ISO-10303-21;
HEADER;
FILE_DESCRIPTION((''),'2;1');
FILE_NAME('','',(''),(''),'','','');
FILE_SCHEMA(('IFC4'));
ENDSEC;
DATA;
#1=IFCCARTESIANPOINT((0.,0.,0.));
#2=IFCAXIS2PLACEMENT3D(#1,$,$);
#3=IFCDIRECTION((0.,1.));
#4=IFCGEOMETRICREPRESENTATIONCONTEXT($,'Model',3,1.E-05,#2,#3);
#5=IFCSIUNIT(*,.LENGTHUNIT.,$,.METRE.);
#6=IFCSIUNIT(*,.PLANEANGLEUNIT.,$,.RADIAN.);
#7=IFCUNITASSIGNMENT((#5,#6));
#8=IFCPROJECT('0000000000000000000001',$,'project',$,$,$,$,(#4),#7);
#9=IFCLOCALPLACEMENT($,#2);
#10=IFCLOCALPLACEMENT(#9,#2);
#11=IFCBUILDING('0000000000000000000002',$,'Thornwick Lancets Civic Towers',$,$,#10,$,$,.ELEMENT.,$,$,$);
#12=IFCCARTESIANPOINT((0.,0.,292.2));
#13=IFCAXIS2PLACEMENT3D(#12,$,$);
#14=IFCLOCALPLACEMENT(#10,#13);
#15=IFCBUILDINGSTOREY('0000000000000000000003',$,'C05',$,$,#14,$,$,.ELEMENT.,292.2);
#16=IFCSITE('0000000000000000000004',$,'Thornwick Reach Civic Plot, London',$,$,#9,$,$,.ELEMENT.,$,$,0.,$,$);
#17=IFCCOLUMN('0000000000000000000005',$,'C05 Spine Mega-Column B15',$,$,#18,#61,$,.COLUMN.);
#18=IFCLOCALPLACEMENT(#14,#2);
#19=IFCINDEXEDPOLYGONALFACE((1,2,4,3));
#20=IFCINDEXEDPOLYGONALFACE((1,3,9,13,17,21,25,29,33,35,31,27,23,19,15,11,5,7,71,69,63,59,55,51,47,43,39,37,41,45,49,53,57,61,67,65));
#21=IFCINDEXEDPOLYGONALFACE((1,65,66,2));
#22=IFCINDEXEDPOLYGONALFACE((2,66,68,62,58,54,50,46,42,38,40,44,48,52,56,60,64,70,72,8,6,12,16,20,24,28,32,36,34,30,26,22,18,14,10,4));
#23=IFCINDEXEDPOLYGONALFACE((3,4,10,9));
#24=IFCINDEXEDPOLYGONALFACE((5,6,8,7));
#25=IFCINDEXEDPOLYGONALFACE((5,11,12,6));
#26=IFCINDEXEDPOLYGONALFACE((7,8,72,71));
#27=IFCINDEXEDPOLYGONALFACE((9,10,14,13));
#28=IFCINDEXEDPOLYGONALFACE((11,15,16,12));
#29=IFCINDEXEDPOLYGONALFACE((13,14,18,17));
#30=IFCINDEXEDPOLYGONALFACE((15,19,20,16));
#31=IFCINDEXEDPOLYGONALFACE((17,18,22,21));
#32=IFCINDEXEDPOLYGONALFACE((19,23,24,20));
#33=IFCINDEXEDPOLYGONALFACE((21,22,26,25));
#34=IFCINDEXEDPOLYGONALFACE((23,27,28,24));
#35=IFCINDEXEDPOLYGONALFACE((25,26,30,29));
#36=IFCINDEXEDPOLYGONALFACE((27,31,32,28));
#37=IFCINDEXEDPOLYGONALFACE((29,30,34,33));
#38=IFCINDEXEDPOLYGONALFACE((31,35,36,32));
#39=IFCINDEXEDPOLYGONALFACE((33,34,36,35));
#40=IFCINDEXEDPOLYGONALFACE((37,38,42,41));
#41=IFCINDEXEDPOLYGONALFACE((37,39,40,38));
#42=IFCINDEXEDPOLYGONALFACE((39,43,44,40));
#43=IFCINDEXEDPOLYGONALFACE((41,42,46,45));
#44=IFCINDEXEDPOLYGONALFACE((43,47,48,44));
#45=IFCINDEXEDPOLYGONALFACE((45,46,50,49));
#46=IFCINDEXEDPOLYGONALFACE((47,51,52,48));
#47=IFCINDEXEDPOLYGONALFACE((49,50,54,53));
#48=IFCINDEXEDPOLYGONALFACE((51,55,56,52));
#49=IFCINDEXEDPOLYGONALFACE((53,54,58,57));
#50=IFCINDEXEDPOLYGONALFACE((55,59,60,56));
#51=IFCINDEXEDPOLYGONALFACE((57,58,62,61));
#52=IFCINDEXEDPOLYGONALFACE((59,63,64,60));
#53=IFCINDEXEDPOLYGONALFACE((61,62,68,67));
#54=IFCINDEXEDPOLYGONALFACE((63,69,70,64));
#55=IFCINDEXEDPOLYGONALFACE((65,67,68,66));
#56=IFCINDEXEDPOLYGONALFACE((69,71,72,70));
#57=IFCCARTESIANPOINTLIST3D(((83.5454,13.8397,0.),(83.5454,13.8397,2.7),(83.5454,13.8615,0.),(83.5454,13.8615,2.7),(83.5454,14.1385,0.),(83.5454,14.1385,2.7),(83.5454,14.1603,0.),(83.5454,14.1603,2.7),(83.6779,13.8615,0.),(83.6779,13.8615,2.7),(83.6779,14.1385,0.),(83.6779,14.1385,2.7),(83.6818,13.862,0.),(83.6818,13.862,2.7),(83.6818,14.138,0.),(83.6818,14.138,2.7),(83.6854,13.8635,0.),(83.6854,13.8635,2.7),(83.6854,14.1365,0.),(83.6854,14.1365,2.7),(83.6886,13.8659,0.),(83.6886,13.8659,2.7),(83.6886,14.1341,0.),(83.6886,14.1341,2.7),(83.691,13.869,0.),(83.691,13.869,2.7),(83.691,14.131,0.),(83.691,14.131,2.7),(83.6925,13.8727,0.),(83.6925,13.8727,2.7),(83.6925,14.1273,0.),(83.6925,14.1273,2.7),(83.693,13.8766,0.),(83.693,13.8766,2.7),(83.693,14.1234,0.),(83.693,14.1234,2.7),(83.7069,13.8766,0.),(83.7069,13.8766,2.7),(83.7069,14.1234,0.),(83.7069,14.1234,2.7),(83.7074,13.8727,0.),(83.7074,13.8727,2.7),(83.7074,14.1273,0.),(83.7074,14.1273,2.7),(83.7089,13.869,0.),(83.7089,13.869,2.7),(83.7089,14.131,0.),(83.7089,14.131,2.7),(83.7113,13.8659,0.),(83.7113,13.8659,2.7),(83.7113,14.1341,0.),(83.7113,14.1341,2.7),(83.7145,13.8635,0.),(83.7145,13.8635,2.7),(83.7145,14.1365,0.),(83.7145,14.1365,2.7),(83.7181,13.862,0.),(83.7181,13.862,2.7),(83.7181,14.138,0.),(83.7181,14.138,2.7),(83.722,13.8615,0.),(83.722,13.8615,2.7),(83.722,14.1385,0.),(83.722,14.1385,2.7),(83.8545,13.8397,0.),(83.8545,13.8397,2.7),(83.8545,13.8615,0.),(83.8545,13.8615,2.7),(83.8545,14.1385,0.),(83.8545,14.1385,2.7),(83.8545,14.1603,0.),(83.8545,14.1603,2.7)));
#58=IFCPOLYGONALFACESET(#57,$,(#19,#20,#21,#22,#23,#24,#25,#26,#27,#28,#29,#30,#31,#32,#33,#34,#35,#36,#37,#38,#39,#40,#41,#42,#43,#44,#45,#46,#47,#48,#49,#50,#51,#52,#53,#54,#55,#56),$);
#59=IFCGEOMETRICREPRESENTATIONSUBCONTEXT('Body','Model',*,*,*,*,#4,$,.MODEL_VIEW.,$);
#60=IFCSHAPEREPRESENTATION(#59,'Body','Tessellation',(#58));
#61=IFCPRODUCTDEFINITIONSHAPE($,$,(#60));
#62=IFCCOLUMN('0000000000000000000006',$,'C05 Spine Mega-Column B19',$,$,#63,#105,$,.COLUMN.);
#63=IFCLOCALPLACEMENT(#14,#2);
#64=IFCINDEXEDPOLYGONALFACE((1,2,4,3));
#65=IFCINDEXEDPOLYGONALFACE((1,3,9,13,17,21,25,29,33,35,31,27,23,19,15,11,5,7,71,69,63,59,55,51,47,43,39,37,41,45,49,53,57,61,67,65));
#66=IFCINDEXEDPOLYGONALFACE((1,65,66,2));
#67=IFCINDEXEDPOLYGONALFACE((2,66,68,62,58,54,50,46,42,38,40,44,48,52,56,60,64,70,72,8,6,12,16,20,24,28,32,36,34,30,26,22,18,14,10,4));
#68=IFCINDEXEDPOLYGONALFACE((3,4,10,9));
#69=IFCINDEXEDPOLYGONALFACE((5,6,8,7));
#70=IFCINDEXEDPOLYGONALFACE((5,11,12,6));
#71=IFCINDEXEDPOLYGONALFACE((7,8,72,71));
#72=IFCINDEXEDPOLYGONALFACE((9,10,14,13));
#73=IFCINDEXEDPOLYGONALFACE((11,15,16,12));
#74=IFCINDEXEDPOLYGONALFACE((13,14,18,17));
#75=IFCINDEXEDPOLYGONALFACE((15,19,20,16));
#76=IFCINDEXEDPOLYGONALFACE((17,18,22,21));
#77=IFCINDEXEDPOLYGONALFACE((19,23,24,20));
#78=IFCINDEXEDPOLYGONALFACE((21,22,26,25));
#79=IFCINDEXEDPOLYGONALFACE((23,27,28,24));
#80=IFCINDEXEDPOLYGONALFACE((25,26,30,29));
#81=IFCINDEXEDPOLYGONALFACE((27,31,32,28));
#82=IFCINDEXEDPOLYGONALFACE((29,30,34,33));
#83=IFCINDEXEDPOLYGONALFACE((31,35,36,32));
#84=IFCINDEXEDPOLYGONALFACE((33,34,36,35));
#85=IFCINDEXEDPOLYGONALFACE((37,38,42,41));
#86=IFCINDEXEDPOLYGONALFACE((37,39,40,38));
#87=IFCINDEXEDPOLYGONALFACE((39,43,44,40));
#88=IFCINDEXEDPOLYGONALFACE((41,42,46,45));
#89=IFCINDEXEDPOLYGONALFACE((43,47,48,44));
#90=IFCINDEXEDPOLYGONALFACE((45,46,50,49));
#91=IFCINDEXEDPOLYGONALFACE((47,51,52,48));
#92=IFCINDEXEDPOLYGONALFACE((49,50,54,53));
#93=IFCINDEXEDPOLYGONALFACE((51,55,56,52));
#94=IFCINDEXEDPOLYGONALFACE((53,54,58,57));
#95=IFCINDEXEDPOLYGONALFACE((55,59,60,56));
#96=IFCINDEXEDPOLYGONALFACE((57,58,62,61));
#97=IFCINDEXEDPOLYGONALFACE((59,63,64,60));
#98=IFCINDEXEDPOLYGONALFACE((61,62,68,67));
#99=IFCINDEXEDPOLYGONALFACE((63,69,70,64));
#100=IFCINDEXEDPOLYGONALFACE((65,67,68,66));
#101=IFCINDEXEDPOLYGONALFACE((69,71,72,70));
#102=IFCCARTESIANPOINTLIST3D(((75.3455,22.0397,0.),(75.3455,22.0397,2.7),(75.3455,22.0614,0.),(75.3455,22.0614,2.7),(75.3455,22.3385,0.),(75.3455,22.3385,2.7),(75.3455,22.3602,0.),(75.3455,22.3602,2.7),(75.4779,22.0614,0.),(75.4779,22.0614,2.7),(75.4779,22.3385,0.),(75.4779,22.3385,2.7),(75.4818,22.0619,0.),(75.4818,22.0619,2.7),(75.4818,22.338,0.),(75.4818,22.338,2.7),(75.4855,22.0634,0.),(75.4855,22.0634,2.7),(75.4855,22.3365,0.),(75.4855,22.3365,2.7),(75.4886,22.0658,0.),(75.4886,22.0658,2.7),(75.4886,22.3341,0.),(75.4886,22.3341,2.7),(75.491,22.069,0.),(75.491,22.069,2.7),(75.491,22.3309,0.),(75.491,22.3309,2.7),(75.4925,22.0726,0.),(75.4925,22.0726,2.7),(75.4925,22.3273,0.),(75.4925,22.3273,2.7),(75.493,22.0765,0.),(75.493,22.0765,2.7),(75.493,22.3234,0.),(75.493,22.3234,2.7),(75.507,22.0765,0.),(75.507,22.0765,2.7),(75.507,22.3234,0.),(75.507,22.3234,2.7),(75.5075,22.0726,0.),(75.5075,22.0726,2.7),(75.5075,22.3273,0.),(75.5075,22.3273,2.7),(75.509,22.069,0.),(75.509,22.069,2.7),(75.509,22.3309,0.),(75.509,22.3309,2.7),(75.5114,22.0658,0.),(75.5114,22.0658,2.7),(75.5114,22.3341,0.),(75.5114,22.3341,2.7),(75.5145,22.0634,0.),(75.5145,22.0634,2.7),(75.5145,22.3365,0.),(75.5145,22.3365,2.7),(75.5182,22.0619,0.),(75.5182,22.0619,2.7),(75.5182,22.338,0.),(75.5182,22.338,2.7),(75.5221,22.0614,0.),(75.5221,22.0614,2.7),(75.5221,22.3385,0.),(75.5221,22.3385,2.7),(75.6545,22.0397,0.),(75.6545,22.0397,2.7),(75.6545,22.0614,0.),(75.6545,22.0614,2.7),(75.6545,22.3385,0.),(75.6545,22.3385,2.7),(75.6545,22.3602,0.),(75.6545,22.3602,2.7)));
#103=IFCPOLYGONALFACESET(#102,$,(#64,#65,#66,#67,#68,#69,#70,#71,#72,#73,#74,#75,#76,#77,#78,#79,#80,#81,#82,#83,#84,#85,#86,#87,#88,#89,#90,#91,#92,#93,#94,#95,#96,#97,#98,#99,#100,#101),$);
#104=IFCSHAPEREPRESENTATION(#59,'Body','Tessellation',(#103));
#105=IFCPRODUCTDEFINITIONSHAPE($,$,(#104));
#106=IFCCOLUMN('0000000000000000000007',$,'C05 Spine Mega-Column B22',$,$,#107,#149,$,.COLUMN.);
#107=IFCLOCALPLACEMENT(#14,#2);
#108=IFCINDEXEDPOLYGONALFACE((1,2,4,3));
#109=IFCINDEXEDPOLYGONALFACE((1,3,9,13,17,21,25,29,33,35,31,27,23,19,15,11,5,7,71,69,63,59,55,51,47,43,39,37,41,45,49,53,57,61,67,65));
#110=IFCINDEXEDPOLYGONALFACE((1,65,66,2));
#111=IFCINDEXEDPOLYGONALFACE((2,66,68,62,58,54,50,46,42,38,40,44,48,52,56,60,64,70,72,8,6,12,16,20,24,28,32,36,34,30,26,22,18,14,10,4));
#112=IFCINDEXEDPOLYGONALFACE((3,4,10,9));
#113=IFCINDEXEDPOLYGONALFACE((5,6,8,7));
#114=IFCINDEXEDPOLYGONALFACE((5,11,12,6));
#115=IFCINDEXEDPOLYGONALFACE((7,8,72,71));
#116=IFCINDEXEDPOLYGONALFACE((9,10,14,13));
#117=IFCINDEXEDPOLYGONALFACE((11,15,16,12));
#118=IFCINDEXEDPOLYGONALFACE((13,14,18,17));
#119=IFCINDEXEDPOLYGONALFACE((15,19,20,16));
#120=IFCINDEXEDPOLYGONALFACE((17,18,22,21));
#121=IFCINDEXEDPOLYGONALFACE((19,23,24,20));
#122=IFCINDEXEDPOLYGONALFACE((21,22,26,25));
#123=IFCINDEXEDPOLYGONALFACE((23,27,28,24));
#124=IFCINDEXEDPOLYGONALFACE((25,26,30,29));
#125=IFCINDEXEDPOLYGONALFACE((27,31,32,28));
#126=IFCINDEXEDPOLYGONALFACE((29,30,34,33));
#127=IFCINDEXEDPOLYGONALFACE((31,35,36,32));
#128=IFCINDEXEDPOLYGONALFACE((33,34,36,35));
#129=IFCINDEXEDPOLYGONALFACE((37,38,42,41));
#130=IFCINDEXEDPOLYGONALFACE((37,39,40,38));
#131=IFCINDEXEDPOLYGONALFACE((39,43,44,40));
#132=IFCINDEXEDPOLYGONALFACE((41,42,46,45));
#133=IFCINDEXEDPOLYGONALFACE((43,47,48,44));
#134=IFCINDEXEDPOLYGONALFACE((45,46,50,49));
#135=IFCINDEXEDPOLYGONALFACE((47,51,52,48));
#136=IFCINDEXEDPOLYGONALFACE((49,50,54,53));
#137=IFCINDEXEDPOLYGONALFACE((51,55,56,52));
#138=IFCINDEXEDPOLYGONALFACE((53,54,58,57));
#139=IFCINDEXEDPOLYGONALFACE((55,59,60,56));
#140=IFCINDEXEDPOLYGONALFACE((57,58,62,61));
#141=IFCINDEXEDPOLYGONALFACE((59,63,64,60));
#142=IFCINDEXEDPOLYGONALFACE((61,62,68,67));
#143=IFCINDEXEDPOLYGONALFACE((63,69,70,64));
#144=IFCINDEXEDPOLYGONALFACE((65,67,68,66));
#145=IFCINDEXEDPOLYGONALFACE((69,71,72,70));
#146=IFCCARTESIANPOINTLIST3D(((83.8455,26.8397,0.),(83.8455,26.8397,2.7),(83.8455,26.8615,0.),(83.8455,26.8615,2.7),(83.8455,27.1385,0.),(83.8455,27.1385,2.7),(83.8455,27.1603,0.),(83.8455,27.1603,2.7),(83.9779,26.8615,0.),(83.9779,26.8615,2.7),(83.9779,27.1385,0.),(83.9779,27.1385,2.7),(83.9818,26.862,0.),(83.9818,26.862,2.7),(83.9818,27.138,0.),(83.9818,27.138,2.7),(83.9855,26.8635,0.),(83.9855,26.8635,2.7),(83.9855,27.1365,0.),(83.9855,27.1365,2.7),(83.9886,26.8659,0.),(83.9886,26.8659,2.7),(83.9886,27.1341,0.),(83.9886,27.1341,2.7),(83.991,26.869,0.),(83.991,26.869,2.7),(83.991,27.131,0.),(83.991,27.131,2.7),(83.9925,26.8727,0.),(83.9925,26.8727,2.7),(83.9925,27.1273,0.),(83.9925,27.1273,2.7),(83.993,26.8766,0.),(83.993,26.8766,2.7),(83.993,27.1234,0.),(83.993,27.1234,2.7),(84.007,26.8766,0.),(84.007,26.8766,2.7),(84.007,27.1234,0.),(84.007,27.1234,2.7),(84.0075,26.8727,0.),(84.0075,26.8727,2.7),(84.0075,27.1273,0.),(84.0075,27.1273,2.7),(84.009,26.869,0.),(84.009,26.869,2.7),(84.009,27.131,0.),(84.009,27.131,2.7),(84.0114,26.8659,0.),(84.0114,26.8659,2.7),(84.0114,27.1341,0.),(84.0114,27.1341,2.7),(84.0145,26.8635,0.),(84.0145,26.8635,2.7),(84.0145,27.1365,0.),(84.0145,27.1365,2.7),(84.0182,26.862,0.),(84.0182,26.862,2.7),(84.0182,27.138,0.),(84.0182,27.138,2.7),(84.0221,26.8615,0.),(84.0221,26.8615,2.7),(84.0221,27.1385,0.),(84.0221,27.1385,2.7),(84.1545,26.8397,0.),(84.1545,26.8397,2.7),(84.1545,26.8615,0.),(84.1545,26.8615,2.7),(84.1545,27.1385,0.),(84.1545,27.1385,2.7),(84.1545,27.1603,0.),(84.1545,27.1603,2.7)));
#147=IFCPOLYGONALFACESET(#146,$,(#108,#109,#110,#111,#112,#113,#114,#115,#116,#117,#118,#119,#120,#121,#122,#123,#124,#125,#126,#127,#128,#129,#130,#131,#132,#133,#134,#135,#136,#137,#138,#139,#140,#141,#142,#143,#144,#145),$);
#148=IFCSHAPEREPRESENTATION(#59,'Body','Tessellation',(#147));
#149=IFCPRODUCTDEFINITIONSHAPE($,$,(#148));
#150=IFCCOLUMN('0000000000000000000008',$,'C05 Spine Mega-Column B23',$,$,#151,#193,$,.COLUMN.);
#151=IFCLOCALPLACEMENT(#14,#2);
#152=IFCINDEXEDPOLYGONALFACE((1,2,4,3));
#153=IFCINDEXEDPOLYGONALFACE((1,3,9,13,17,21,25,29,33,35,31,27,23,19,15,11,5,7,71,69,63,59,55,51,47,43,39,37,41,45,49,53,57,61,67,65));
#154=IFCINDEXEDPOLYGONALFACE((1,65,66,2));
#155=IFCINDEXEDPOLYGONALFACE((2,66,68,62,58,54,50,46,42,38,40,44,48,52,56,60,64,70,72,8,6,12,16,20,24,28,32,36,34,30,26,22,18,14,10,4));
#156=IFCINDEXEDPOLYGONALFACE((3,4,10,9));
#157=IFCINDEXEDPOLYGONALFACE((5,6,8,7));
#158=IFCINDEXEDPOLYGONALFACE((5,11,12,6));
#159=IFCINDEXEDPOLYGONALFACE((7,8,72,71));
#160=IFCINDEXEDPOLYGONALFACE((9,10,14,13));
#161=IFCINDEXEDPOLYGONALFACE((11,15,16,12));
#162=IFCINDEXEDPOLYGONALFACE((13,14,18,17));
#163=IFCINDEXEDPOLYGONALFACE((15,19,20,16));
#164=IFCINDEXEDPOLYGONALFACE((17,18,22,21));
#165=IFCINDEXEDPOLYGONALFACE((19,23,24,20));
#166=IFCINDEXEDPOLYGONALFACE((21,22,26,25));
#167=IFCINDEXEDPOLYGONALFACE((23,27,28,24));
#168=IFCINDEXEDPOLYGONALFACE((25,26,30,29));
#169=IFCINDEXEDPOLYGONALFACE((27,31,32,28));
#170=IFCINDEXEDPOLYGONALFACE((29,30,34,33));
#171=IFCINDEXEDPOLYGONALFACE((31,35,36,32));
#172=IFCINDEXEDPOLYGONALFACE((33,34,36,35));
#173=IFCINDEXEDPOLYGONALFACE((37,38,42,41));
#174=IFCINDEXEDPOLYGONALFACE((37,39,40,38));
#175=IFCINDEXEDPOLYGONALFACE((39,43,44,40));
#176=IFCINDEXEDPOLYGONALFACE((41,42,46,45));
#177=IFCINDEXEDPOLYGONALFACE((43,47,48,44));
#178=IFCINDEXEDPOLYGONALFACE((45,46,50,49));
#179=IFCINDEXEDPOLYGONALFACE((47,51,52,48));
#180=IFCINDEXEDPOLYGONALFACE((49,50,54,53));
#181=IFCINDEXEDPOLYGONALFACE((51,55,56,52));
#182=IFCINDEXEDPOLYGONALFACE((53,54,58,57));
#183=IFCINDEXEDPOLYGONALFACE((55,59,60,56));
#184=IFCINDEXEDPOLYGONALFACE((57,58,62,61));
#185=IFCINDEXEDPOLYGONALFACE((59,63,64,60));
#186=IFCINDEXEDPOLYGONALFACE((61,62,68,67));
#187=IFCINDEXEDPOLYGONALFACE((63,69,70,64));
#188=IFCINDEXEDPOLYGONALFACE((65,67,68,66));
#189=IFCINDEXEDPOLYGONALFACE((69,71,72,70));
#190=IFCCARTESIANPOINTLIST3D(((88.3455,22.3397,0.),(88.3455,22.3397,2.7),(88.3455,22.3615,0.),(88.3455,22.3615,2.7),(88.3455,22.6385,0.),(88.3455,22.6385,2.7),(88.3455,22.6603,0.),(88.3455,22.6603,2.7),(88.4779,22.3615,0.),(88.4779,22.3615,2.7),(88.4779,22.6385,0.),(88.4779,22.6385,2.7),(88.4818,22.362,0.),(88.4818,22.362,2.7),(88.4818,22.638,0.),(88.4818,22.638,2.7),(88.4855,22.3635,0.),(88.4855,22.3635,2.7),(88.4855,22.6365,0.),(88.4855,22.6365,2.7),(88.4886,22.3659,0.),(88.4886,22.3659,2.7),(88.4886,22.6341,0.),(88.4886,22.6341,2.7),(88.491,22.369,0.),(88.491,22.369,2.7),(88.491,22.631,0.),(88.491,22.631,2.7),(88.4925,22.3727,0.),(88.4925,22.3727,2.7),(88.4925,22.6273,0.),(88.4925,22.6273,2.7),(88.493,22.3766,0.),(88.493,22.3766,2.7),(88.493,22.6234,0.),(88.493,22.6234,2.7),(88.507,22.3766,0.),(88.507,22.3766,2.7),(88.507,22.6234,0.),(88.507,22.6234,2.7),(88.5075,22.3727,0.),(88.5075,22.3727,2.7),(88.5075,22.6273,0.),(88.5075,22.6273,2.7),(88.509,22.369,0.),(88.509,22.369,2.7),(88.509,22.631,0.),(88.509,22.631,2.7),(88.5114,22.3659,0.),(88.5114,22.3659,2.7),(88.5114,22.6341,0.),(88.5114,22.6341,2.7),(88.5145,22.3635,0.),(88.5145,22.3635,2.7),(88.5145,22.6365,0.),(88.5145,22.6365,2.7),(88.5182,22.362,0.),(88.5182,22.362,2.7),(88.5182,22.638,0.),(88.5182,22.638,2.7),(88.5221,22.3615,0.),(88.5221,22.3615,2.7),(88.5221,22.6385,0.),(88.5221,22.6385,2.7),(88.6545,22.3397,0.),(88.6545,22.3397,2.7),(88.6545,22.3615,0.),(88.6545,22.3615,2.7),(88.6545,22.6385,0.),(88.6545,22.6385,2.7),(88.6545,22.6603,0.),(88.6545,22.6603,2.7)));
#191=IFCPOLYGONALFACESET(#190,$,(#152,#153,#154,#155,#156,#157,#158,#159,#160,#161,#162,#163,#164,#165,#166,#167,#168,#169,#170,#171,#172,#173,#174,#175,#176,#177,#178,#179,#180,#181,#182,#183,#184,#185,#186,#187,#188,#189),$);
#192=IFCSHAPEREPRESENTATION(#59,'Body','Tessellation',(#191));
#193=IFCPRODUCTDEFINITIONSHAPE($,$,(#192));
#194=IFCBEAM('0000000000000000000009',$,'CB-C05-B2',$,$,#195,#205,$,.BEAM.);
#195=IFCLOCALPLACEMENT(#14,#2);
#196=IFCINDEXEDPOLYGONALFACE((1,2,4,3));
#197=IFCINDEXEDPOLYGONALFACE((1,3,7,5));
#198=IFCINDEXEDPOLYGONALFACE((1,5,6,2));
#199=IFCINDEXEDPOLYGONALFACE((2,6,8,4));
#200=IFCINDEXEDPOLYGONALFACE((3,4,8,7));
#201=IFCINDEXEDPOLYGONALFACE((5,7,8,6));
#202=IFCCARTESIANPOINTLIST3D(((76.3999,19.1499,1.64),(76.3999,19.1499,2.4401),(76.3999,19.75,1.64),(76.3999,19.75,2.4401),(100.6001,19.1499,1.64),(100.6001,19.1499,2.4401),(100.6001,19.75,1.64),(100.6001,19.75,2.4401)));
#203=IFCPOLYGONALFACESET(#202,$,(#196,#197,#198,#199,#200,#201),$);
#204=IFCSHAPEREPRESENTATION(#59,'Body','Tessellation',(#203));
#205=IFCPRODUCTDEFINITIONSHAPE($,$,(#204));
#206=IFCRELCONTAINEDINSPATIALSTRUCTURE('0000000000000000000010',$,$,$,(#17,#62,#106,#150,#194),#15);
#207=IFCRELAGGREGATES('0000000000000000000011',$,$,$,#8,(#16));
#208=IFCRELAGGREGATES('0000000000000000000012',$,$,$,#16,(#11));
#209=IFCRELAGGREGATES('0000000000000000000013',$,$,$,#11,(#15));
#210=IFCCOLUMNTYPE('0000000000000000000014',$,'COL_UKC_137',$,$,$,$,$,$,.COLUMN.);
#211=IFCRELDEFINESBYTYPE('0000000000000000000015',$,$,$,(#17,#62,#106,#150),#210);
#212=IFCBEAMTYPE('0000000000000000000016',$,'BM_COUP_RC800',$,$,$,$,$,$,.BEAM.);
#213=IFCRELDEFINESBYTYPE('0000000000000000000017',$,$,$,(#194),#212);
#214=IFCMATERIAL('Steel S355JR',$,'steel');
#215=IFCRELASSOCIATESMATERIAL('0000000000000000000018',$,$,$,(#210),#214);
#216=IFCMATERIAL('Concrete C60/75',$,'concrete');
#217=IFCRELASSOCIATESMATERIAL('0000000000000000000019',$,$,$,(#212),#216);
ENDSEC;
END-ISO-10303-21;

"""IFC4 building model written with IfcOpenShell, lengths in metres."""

from ifc_helpers import new_model, si_unit, direction, frame, origin, origin_2d, place, context, subcontext, project, spatial, rectangle, i_section, extrude, material, material_profile, profile_set, type_object, element, save


model = new_model("IFC4")

# Units and contexts
model_context = context("Model", 3, precision=1e-05, world=origin(), true_north=direction((0.0, 1.0)))
body_context = subcontext(model_context, "Body", "Model", "MODEL_VIEW")
ifc_project = project(units=[si_unit("LENGTHUNIT", "METRE"), si_unit("PLANEANGLEUNIT", "RADIAN")], contexts=[model_context])

# Site, building, storey
site_placement = place(None, origin())
site = spatial("IfcSite", under=ifc_project, at=site_placement, Name="Thornwick Reach Civic Plot, London", CompositionType="ELEMENT", RefElevation=0.0)
building_placement = place(site_placement, origin())
building = spatial("IfcBuilding", under=site, at=building_placement, Name="Thornwick Lancets Civic Towers", CompositionType="ELEMENT")
storey_placement = place(building_placement, frame((0.0, 0.0, 292.2)))
storey = spatial("IfcBuildingStorey", under=building, at=storey_placement, Name="C05", CompositionType="ELEMENT", Elevation=292.2)

# Columns
ifc_material_1 = material(Name="Steel S355JR", Category="steel")
ifc_material_profile_1 = material_profile(ifc_material_1, i_section(OverallWidth=0.3091, OverallDepth=0.3206, WebThickness=0.0139, FlangeThickness=0.0217, FilletRadius=0.0151, at=origin_2d()), Name="UKC 305x305x137")
ifc_profile_set_1 = profile_set([ifc_material_profile_1], Name="Steel S355JR")
column_type = type_object("IfcColumnType", Name="COL_UKC_137", PredefinedType="COLUMN", material=ifc_profile_set_1)
for number, where, z_axis, x_axis, name in (
    (1, (83.7, 14.0, 0.0), (0.0, 0.0, 1.0), (1.0, 0.0, 0.0), "C05 Spine Mega-Column B15"),
    (2, (75.5, 22.2, 0.0), (0.0, 0.0, 1.0), (1.0, 0.0, 0.0), "C05 Spine Mega-Column B19"),
    (3, (84.0, 27.0, 0.0), (0.0, 0.0, 1.0), (1.0, 0.0, 0.0), "C05 Spine Mega-Column B22"),
    (4, (88.5, 22.5, 0.0), (0.0, 0.0, 1.0), (1.0, 0.0, 0.0), "C05 Spine Mega-Column B23"),
):
    element("IfcColumn", number, at=place(storey_placement, frame(where, z_axis=z_axis, x_axis=x_axis)), inside=storey, type_object=column_type, Name=name, PredefinedType="COLUMN", context=body_context, shape_type="SweptSolid", body=[
        extrude(i_section(OverallWidth=0.3091, OverallDepth=0.3206, WebThickness=0.0139, FlangeThickness=0.0217, FilletRadius=0.0151, at=origin_2d()), origin(), (0.0, 0.0, 1.0), 2.7),
    ])

# Beam
ifc_material_2 = material(Name="Concrete C60/75", Category="concrete")
ifc_material_profile_2 = material_profile(ifc_material_2, rectangle(XDim=0.6001, YDim=0.8, at=origin_2d()), Name="RC 600x800")
ifc_profile_set_2 = profile_set([ifc_material_profile_2], Name="Concrete C60/75")
beam_type_1 = type_object("IfcBeamType", Name="BM_COUP_RC800", PredefinedType="BEAM", material=ifc_profile_set_2)
beam_1_placement = place(storey_placement, frame((76.3999, 19.45, 2.04), z_axis=(1.0, 0.0, 0.0), x_axis=(0.0, 1.0, 0.0)))
element("IfcBeam", 5, at=beam_1_placement, inside=storey, type_object=beam_type_1, Name="CB-C05-B2", PredefinedType="BEAM", context=body_context, shape_type="SweptSolid", body=[
    extrude(rectangle(XDim=0.6001, YDim=0.8, at=origin_2d()), origin(), (0.0, 0.0, 1.0), 24.2002),
])

save(model, "model.ifc")
